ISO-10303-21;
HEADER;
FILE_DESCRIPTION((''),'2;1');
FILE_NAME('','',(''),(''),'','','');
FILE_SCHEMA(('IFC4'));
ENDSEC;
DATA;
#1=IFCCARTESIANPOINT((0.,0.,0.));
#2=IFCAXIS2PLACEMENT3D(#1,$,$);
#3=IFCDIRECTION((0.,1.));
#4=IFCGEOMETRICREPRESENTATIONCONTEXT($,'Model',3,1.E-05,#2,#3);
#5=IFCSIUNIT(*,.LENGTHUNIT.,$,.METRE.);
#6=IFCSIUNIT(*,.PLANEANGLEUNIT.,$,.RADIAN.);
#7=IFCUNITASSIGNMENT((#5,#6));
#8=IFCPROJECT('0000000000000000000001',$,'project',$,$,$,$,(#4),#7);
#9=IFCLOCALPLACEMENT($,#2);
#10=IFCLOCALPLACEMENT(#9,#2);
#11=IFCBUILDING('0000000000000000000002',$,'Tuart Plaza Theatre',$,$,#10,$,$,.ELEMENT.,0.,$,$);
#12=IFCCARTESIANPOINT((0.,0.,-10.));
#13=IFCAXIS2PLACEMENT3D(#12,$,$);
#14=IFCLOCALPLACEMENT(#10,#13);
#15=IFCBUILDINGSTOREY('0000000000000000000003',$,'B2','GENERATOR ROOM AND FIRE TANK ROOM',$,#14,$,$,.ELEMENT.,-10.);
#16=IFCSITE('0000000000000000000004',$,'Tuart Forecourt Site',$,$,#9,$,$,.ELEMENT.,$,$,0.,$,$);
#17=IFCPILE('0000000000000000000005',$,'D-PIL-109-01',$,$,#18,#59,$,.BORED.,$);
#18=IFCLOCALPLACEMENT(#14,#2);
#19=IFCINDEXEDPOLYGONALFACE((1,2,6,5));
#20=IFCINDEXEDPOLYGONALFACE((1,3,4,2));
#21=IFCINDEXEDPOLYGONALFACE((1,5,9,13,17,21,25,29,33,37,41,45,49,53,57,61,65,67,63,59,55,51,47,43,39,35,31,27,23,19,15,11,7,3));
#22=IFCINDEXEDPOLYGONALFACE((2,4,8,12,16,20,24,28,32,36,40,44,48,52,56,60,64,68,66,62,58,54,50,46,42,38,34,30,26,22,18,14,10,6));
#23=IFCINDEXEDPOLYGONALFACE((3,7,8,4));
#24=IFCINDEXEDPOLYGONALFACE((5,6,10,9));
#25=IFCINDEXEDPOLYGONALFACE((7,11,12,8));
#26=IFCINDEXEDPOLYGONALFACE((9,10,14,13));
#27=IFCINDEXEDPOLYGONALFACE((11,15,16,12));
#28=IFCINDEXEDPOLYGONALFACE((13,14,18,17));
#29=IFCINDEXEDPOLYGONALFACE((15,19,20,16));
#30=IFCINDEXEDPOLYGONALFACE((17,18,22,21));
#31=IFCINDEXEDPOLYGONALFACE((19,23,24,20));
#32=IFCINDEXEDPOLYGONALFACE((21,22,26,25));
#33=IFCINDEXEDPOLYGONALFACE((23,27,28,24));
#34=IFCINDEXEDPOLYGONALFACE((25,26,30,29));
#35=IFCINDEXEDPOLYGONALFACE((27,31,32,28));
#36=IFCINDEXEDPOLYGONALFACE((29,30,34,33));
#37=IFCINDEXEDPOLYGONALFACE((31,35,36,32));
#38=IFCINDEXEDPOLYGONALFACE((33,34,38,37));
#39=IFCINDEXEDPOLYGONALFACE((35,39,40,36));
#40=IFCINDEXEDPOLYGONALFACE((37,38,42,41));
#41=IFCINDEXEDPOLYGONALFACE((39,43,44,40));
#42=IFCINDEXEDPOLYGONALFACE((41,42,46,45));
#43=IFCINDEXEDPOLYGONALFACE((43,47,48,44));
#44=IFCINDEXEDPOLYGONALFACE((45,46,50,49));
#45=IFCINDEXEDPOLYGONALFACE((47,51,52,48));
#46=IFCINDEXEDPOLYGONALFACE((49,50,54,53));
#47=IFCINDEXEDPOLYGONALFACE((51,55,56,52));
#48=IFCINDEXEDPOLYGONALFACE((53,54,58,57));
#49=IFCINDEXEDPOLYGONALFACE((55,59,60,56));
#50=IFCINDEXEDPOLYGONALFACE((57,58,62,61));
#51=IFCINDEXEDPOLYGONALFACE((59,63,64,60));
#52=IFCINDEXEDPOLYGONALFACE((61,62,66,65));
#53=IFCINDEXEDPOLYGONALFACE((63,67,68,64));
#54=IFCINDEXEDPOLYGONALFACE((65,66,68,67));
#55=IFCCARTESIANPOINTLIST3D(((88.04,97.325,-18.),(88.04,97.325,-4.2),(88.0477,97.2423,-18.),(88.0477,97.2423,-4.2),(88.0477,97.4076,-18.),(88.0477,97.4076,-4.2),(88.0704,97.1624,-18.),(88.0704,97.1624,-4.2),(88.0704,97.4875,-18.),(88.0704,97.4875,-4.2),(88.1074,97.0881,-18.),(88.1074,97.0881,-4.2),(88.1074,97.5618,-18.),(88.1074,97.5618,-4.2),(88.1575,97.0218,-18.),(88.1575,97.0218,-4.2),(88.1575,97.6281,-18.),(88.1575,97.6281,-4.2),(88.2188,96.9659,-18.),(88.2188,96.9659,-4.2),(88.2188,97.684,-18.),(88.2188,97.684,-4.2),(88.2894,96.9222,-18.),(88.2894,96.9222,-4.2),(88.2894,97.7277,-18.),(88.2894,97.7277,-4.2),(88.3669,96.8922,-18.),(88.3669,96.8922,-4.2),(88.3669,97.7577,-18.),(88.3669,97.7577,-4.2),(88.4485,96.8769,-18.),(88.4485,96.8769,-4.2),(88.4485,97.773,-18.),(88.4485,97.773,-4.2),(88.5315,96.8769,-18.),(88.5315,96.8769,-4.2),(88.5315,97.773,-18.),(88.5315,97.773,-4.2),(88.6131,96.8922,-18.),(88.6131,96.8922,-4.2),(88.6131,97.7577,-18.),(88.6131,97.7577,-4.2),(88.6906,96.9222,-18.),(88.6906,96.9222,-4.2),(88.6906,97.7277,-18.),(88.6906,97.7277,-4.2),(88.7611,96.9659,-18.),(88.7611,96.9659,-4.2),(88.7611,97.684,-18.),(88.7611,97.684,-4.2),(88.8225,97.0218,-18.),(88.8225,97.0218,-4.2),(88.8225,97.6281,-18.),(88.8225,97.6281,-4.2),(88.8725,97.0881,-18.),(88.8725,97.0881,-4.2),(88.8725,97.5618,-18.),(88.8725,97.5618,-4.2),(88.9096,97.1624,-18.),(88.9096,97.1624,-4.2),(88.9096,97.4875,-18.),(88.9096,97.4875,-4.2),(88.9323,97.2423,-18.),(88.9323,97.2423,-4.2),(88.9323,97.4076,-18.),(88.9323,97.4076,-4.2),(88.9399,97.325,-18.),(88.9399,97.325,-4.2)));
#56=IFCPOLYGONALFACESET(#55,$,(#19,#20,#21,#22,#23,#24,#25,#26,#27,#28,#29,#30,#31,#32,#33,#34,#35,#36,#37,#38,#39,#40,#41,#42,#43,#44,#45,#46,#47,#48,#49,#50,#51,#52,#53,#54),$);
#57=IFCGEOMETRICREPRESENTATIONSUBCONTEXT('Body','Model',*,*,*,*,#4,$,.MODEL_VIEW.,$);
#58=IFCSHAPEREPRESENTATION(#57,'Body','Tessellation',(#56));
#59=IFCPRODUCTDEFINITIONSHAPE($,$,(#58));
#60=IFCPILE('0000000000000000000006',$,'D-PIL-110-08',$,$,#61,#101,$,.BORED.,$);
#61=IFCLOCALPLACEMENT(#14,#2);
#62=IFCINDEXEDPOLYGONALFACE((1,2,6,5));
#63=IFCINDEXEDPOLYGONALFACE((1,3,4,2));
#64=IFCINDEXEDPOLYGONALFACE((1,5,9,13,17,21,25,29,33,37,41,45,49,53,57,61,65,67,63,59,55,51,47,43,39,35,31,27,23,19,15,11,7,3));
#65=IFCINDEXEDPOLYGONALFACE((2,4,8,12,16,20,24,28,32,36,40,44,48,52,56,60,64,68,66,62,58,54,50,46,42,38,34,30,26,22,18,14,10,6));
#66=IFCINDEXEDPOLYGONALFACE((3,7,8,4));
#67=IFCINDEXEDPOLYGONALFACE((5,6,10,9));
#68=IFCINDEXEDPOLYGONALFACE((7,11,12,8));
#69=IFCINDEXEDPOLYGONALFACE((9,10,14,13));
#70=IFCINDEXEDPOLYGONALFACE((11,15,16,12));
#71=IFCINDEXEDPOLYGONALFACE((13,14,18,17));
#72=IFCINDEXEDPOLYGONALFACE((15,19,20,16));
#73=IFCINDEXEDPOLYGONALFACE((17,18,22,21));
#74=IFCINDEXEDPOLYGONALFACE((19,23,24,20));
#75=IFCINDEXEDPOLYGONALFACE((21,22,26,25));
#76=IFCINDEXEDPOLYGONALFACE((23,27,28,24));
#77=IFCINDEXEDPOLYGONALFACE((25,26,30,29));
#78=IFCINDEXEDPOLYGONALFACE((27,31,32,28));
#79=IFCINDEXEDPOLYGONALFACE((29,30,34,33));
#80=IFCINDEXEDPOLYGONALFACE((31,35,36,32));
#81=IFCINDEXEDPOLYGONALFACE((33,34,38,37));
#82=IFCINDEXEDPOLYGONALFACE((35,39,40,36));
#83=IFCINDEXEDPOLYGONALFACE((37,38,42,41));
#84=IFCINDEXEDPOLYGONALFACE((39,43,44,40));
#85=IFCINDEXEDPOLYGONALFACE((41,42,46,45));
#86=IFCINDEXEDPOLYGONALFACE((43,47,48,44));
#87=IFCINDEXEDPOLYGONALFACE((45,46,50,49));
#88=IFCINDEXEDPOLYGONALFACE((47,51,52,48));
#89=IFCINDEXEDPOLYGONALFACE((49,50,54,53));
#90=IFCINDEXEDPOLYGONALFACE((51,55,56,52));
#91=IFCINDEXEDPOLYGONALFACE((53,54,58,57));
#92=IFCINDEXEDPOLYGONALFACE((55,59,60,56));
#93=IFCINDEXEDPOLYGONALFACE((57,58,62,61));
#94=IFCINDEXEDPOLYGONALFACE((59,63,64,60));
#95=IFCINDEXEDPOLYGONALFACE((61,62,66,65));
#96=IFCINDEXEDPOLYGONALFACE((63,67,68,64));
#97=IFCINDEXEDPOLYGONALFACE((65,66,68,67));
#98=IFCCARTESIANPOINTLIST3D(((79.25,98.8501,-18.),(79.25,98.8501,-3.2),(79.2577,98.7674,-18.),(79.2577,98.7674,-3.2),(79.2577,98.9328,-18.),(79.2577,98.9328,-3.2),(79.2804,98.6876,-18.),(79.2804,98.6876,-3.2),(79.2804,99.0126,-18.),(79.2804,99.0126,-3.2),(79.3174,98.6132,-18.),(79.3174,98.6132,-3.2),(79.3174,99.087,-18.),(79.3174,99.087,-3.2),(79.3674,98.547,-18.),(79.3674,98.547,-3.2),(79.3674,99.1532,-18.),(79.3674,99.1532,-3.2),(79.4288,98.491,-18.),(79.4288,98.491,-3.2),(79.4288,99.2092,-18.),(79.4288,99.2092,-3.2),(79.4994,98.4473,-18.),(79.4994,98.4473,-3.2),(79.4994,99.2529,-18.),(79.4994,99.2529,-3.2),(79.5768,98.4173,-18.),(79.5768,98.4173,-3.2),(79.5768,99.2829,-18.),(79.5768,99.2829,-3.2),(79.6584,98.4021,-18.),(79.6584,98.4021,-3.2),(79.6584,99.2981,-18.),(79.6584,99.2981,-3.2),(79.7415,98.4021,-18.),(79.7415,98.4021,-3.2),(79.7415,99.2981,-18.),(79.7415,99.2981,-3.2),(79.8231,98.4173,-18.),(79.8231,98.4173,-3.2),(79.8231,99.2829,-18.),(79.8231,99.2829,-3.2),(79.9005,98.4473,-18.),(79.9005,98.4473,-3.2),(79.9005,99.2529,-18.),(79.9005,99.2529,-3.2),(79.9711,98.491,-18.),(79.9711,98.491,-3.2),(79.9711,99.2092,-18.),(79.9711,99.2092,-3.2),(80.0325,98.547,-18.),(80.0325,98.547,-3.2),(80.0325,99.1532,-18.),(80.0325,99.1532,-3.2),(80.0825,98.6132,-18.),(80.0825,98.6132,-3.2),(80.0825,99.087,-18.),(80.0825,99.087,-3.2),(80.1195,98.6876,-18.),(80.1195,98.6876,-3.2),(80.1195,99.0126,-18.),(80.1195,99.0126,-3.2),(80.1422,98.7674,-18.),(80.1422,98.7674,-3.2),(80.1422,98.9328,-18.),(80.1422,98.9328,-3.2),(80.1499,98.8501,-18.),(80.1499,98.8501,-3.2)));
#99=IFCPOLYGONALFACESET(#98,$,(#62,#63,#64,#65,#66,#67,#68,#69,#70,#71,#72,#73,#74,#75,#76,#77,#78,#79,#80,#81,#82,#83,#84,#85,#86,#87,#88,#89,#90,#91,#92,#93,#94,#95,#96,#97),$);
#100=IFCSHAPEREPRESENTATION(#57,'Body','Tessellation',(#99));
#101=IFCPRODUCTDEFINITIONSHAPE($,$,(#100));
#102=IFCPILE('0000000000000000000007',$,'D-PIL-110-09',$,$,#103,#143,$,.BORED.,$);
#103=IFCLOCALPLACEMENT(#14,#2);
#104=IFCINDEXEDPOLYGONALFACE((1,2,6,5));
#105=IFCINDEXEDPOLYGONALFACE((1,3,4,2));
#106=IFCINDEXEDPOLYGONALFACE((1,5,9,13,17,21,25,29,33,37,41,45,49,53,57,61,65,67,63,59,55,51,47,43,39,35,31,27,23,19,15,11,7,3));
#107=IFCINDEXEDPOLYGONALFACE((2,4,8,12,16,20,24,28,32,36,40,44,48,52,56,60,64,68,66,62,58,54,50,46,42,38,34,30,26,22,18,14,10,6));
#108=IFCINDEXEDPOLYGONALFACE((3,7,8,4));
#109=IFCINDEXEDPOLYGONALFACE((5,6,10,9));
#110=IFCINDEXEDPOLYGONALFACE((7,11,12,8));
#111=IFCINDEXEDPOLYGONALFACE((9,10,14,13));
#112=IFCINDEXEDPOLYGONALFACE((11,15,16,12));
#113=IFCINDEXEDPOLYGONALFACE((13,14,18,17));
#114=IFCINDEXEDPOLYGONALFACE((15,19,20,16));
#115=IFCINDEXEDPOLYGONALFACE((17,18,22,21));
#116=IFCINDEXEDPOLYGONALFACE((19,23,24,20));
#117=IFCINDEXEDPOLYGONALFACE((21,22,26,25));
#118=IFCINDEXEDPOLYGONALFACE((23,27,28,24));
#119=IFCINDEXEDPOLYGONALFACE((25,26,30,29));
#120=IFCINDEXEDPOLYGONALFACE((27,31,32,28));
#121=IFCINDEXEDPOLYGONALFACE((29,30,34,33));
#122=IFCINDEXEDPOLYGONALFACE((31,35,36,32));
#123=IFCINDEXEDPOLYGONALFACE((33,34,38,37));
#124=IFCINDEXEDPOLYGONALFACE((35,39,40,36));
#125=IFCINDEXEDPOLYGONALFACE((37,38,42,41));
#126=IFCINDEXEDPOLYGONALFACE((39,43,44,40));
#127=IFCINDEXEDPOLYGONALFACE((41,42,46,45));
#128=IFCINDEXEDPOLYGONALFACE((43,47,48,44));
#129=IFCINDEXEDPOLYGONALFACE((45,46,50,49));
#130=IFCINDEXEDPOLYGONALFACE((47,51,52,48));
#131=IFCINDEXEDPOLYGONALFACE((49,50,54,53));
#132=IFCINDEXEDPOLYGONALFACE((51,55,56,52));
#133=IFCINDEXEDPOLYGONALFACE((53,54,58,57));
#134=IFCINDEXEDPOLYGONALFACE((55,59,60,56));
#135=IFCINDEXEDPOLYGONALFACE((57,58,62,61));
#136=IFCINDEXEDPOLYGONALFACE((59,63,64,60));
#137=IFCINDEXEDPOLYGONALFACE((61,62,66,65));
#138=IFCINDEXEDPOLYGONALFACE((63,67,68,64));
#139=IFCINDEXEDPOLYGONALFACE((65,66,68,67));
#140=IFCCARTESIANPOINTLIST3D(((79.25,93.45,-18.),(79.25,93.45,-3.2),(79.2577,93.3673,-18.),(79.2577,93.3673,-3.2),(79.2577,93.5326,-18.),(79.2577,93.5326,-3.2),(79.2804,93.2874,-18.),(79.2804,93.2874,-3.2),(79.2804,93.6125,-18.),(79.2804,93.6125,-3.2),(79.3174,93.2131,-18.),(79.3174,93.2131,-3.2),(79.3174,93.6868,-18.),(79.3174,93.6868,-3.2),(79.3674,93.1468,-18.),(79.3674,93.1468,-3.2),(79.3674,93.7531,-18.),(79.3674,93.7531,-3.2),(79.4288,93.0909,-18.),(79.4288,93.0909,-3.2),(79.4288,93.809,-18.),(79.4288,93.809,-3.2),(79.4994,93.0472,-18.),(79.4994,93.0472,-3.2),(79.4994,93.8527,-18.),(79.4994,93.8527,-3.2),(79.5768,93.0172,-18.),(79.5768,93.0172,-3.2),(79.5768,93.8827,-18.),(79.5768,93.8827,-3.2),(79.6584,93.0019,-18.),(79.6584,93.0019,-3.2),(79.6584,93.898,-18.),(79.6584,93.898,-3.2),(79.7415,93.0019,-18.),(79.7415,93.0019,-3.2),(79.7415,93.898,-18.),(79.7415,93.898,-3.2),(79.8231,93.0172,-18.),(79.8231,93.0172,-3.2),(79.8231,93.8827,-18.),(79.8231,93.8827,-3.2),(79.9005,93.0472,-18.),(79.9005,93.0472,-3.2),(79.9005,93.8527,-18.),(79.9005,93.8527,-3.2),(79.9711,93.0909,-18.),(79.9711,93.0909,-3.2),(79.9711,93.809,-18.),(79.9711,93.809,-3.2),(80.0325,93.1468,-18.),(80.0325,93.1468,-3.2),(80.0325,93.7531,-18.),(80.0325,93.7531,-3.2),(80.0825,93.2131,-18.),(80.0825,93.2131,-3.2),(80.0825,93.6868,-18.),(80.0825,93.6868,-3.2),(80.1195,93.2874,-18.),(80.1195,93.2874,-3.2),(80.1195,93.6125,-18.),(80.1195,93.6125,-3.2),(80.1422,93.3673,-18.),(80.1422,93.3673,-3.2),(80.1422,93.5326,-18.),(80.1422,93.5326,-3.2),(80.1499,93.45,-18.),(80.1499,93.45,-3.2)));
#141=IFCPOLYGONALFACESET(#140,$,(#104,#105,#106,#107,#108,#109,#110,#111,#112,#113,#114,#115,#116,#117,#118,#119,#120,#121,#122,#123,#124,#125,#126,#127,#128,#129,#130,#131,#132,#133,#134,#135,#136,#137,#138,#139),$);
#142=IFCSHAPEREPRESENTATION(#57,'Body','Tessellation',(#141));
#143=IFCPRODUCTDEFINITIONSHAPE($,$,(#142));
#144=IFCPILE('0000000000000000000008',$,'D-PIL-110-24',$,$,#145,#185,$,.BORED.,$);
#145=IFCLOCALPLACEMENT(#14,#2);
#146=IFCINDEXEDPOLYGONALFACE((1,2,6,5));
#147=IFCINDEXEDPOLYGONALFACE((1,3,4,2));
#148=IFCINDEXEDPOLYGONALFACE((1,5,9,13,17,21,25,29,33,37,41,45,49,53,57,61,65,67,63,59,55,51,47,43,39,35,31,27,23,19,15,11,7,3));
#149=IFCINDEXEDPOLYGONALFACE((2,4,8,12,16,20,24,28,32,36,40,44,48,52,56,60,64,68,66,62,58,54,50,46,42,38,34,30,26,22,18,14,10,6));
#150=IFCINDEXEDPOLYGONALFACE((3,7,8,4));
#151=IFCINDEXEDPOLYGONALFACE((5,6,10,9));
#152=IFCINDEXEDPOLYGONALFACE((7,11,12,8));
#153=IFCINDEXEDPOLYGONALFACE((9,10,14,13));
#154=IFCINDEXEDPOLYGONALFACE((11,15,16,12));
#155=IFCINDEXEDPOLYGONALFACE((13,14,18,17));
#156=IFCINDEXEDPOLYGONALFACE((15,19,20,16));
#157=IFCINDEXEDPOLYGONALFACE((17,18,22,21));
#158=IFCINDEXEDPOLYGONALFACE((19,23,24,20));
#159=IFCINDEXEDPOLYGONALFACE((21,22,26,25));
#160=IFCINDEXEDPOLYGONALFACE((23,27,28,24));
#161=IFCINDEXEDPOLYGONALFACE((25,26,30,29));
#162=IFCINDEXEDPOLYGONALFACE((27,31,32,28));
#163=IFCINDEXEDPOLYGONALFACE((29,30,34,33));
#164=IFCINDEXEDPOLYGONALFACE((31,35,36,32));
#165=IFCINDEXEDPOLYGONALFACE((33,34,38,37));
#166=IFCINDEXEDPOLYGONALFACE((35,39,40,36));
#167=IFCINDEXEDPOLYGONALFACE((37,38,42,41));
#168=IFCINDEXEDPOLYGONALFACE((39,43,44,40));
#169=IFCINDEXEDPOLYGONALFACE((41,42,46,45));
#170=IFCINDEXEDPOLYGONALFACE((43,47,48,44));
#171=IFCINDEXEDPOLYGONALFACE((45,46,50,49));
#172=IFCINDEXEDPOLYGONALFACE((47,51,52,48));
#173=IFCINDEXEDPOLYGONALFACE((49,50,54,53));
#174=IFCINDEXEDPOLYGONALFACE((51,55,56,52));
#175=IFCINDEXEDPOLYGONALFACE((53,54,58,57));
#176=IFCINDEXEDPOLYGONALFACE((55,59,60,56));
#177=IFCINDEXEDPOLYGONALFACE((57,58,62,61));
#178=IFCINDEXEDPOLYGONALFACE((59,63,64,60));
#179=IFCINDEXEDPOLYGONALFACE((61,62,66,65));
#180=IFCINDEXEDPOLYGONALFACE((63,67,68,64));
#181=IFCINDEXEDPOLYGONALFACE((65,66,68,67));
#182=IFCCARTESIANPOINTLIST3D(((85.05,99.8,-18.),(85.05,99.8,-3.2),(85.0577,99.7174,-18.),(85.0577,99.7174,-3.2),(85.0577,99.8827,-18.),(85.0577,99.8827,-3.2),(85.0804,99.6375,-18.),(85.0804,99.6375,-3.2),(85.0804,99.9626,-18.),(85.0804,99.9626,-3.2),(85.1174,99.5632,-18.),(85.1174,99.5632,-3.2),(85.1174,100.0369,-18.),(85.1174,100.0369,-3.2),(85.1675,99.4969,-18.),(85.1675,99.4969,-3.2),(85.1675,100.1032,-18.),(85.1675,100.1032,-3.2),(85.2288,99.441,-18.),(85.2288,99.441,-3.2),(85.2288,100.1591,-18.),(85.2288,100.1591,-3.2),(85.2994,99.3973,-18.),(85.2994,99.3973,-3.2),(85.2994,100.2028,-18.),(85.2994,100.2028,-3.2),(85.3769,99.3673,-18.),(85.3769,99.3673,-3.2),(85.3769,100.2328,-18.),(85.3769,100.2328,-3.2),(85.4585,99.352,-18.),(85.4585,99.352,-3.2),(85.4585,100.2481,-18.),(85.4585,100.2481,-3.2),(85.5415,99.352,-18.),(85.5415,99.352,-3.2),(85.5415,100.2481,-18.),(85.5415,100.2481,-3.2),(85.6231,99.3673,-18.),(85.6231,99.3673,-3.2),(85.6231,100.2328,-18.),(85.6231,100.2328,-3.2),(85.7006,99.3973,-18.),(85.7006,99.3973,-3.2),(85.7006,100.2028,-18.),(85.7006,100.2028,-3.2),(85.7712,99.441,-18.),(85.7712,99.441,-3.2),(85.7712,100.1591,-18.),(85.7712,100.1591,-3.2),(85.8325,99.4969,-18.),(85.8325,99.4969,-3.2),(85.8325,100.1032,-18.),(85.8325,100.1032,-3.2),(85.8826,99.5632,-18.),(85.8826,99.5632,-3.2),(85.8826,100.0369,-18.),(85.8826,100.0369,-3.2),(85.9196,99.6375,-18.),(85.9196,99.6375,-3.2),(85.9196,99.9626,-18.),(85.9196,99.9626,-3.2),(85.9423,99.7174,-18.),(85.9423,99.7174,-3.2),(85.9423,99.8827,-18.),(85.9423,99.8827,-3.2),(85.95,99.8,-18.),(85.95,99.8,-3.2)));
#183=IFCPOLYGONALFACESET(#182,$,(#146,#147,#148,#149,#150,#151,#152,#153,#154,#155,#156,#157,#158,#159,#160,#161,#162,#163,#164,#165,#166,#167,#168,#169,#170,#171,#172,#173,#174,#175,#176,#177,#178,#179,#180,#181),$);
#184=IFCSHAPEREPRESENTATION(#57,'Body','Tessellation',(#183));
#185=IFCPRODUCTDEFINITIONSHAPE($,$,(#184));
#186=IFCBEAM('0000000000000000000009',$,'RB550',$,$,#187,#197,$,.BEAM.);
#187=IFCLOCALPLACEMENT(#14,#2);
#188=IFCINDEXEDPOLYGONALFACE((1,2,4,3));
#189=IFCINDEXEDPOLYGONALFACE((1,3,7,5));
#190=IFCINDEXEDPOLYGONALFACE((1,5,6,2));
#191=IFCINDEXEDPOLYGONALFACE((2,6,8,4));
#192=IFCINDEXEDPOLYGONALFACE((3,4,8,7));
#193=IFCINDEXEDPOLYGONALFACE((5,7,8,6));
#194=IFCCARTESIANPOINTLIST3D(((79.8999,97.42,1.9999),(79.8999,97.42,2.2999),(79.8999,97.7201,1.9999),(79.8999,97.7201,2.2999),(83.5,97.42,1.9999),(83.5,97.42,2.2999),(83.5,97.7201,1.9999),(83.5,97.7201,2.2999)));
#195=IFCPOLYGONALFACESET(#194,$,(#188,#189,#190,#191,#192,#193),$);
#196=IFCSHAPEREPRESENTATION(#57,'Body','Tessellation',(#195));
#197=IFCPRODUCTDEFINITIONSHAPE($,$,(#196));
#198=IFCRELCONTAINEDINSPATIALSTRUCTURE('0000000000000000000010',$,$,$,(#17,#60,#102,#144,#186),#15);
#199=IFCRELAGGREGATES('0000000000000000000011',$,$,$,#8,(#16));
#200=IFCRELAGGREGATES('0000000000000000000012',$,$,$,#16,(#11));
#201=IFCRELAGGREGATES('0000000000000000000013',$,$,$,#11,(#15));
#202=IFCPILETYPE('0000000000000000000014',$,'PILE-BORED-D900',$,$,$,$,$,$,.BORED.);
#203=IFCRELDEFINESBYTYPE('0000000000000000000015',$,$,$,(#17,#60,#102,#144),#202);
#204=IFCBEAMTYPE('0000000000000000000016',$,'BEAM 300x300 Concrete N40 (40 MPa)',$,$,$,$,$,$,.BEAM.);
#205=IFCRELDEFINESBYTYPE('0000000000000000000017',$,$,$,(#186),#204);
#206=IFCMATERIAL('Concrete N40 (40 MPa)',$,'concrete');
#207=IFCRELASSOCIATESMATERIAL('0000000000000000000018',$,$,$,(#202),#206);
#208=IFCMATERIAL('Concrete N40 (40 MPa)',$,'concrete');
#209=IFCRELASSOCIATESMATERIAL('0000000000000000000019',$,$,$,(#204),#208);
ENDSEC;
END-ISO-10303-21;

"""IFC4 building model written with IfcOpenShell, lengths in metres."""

from ifc_helpers import new_model, si_unit, direction, frame, origin, origin_2d, place, context, subcontext, project, spatial, rectangle, circle, extrude, material, material_profile, profile_set, type_object, element, save


model = new_model("IFC4")

# Units and contexts
model_context = context("Model", 3, precision=1e-05, world=origin(), true_north=direction((0.0, 1.0)))
body_context = subcontext(model_context, "Body", "Model", "MODEL_VIEW")
ifc_project = project(units=[si_unit("LENGTHUNIT", "METRE"), si_unit("PLANEANGLEUNIT", "RADIAN")], contexts=[model_context])

# Site, building, storey
site_placement = place(None, origin())
site = spatial("IfcSite", under=ifc_project, at=site_placement, Name="Tuart Forecourt Site", CompositionType="ELEMENT", RefElevation=0.0)
building_placement = place(site_placement, origin())
building = spatial("IfcBuilding", under=site, at=building_placement, Name="Tuart Plaza Theatre", CompositionType="ELEMENT", ElevationOfRefHeight=0.0)
storey_placement = place(building_placement, frame((0.0, 0.0, -10.0)))
storey = spatial("IfcBuildingStorey", under=building, at=storey_placement, Name="B2", Description="GENERATOR ROOM AND FIRE TANK ROOM", CompositionType="ELEMENT", Elevation=-10.0)

# Piles
ifc_material_1 = material(Name="Concrete N40 (40 MPa)", Category="concrete")
ifc_material_profile_1 = material_profile(ifc_material_1, circle(Radius=0.45, at=origin_2d()), Name="PILE-BORED-D900")
ifc_profile_set_1 = profile_set([ifc_material_profile_1], Name="Concrete N40 (40 MPa)")
pile_type = type_object("IfcPileType", Name="PILE-BORED-D900", PredefinedType="BORED", material=ifc_profile_set_1)
pile_placement = place(storey_placement, frame((88.49, 97.325, -4.2), z_axis=(0.0, 0.0, -1.0), x_axis=(1.0, 0.0, 0.0)))
element("IfcPile", 1, at=pile_placement, inside=storey, type_object=pile_type, Name="D-PIL-109-01", PredefinedType="BORED", context=body_context, shape_type="SweptSolid", body=[
    extrude(circle(Radius=0.45, at=origin_2d()), origin(), (0.0, 0.0, 1.0), 13.8),
])
for number, where, z_axis, x_axis, name in (
    (2, (79.7, 98.8501, -3.2), (0.0, 0.0, -1.0), (1.0, 0.0, 0.0), "D-PIL-110-08"),
    (3, (79.7, 93.45, -3.2), (0.0, 0.0, -1.0), (1.0, 0.0, 0.0), "D-PIL-110-09"),
    (4, (85.5, 99.8, -3.2), (0.0, 0.0, -1.0), (1.0, 0.0, 0.0), "D-PIL-110-24"),
):
    element("IfcPile", number, at=place(storey_placement, frame(where, z_axis=z_axis, x_axis=x_axis)), inside=storey, type_object=pile_type, Name=name, PredefinedType="BORED", context=body_context, shape_type="SweptSolid", body=[
        extrude(circle(Radius=0.45, at=origin_2d()), origin(), (0.0, 0.0, 1.0), 14.8),
    ])

# Beam
ifc_material_2 = material(Name="Concrete N40 (40 MPa)", Category="concrete")
ifc_material_profile_2 = material_profile(ifc_material_2, rectangle(XDim=0.3, YDim=0.3, at=origin_2d()), Name="BEAM 300x300 Concrete N40 (40 MPa)")
ifc_profile_set_2 = profile_set([ifc_material_profile_2], Name="Concrete N40 (40 MPa)")
beam_type = type_object("IfcBeamType", Name="BEAM 300x300 Concrete N40 (40 MPa)", PredefinedType="BEAM", material=ifc_profile_set_2)
beam_placement = place(storey_placement, frame((79.8999, 97.5701, 2.1499), z_axis=(1.0, 0.0, 0.0), x_axis=(0.0, 1.0, 0.0)))
element("IfcBeam", 5, at=beam_placement, inside=storey, type_object=beam_type, Name="RB550", PredefinedType="BEAM", context=body_context, shape_type="SweptSolid", body=[
    extrude(rectangle(XDim=0.3, YDim=0.3, at=origin_2d()), origin(), (0.0, 0.0, 1.0), 3.6001),
])

save(model, "model.ifc")
